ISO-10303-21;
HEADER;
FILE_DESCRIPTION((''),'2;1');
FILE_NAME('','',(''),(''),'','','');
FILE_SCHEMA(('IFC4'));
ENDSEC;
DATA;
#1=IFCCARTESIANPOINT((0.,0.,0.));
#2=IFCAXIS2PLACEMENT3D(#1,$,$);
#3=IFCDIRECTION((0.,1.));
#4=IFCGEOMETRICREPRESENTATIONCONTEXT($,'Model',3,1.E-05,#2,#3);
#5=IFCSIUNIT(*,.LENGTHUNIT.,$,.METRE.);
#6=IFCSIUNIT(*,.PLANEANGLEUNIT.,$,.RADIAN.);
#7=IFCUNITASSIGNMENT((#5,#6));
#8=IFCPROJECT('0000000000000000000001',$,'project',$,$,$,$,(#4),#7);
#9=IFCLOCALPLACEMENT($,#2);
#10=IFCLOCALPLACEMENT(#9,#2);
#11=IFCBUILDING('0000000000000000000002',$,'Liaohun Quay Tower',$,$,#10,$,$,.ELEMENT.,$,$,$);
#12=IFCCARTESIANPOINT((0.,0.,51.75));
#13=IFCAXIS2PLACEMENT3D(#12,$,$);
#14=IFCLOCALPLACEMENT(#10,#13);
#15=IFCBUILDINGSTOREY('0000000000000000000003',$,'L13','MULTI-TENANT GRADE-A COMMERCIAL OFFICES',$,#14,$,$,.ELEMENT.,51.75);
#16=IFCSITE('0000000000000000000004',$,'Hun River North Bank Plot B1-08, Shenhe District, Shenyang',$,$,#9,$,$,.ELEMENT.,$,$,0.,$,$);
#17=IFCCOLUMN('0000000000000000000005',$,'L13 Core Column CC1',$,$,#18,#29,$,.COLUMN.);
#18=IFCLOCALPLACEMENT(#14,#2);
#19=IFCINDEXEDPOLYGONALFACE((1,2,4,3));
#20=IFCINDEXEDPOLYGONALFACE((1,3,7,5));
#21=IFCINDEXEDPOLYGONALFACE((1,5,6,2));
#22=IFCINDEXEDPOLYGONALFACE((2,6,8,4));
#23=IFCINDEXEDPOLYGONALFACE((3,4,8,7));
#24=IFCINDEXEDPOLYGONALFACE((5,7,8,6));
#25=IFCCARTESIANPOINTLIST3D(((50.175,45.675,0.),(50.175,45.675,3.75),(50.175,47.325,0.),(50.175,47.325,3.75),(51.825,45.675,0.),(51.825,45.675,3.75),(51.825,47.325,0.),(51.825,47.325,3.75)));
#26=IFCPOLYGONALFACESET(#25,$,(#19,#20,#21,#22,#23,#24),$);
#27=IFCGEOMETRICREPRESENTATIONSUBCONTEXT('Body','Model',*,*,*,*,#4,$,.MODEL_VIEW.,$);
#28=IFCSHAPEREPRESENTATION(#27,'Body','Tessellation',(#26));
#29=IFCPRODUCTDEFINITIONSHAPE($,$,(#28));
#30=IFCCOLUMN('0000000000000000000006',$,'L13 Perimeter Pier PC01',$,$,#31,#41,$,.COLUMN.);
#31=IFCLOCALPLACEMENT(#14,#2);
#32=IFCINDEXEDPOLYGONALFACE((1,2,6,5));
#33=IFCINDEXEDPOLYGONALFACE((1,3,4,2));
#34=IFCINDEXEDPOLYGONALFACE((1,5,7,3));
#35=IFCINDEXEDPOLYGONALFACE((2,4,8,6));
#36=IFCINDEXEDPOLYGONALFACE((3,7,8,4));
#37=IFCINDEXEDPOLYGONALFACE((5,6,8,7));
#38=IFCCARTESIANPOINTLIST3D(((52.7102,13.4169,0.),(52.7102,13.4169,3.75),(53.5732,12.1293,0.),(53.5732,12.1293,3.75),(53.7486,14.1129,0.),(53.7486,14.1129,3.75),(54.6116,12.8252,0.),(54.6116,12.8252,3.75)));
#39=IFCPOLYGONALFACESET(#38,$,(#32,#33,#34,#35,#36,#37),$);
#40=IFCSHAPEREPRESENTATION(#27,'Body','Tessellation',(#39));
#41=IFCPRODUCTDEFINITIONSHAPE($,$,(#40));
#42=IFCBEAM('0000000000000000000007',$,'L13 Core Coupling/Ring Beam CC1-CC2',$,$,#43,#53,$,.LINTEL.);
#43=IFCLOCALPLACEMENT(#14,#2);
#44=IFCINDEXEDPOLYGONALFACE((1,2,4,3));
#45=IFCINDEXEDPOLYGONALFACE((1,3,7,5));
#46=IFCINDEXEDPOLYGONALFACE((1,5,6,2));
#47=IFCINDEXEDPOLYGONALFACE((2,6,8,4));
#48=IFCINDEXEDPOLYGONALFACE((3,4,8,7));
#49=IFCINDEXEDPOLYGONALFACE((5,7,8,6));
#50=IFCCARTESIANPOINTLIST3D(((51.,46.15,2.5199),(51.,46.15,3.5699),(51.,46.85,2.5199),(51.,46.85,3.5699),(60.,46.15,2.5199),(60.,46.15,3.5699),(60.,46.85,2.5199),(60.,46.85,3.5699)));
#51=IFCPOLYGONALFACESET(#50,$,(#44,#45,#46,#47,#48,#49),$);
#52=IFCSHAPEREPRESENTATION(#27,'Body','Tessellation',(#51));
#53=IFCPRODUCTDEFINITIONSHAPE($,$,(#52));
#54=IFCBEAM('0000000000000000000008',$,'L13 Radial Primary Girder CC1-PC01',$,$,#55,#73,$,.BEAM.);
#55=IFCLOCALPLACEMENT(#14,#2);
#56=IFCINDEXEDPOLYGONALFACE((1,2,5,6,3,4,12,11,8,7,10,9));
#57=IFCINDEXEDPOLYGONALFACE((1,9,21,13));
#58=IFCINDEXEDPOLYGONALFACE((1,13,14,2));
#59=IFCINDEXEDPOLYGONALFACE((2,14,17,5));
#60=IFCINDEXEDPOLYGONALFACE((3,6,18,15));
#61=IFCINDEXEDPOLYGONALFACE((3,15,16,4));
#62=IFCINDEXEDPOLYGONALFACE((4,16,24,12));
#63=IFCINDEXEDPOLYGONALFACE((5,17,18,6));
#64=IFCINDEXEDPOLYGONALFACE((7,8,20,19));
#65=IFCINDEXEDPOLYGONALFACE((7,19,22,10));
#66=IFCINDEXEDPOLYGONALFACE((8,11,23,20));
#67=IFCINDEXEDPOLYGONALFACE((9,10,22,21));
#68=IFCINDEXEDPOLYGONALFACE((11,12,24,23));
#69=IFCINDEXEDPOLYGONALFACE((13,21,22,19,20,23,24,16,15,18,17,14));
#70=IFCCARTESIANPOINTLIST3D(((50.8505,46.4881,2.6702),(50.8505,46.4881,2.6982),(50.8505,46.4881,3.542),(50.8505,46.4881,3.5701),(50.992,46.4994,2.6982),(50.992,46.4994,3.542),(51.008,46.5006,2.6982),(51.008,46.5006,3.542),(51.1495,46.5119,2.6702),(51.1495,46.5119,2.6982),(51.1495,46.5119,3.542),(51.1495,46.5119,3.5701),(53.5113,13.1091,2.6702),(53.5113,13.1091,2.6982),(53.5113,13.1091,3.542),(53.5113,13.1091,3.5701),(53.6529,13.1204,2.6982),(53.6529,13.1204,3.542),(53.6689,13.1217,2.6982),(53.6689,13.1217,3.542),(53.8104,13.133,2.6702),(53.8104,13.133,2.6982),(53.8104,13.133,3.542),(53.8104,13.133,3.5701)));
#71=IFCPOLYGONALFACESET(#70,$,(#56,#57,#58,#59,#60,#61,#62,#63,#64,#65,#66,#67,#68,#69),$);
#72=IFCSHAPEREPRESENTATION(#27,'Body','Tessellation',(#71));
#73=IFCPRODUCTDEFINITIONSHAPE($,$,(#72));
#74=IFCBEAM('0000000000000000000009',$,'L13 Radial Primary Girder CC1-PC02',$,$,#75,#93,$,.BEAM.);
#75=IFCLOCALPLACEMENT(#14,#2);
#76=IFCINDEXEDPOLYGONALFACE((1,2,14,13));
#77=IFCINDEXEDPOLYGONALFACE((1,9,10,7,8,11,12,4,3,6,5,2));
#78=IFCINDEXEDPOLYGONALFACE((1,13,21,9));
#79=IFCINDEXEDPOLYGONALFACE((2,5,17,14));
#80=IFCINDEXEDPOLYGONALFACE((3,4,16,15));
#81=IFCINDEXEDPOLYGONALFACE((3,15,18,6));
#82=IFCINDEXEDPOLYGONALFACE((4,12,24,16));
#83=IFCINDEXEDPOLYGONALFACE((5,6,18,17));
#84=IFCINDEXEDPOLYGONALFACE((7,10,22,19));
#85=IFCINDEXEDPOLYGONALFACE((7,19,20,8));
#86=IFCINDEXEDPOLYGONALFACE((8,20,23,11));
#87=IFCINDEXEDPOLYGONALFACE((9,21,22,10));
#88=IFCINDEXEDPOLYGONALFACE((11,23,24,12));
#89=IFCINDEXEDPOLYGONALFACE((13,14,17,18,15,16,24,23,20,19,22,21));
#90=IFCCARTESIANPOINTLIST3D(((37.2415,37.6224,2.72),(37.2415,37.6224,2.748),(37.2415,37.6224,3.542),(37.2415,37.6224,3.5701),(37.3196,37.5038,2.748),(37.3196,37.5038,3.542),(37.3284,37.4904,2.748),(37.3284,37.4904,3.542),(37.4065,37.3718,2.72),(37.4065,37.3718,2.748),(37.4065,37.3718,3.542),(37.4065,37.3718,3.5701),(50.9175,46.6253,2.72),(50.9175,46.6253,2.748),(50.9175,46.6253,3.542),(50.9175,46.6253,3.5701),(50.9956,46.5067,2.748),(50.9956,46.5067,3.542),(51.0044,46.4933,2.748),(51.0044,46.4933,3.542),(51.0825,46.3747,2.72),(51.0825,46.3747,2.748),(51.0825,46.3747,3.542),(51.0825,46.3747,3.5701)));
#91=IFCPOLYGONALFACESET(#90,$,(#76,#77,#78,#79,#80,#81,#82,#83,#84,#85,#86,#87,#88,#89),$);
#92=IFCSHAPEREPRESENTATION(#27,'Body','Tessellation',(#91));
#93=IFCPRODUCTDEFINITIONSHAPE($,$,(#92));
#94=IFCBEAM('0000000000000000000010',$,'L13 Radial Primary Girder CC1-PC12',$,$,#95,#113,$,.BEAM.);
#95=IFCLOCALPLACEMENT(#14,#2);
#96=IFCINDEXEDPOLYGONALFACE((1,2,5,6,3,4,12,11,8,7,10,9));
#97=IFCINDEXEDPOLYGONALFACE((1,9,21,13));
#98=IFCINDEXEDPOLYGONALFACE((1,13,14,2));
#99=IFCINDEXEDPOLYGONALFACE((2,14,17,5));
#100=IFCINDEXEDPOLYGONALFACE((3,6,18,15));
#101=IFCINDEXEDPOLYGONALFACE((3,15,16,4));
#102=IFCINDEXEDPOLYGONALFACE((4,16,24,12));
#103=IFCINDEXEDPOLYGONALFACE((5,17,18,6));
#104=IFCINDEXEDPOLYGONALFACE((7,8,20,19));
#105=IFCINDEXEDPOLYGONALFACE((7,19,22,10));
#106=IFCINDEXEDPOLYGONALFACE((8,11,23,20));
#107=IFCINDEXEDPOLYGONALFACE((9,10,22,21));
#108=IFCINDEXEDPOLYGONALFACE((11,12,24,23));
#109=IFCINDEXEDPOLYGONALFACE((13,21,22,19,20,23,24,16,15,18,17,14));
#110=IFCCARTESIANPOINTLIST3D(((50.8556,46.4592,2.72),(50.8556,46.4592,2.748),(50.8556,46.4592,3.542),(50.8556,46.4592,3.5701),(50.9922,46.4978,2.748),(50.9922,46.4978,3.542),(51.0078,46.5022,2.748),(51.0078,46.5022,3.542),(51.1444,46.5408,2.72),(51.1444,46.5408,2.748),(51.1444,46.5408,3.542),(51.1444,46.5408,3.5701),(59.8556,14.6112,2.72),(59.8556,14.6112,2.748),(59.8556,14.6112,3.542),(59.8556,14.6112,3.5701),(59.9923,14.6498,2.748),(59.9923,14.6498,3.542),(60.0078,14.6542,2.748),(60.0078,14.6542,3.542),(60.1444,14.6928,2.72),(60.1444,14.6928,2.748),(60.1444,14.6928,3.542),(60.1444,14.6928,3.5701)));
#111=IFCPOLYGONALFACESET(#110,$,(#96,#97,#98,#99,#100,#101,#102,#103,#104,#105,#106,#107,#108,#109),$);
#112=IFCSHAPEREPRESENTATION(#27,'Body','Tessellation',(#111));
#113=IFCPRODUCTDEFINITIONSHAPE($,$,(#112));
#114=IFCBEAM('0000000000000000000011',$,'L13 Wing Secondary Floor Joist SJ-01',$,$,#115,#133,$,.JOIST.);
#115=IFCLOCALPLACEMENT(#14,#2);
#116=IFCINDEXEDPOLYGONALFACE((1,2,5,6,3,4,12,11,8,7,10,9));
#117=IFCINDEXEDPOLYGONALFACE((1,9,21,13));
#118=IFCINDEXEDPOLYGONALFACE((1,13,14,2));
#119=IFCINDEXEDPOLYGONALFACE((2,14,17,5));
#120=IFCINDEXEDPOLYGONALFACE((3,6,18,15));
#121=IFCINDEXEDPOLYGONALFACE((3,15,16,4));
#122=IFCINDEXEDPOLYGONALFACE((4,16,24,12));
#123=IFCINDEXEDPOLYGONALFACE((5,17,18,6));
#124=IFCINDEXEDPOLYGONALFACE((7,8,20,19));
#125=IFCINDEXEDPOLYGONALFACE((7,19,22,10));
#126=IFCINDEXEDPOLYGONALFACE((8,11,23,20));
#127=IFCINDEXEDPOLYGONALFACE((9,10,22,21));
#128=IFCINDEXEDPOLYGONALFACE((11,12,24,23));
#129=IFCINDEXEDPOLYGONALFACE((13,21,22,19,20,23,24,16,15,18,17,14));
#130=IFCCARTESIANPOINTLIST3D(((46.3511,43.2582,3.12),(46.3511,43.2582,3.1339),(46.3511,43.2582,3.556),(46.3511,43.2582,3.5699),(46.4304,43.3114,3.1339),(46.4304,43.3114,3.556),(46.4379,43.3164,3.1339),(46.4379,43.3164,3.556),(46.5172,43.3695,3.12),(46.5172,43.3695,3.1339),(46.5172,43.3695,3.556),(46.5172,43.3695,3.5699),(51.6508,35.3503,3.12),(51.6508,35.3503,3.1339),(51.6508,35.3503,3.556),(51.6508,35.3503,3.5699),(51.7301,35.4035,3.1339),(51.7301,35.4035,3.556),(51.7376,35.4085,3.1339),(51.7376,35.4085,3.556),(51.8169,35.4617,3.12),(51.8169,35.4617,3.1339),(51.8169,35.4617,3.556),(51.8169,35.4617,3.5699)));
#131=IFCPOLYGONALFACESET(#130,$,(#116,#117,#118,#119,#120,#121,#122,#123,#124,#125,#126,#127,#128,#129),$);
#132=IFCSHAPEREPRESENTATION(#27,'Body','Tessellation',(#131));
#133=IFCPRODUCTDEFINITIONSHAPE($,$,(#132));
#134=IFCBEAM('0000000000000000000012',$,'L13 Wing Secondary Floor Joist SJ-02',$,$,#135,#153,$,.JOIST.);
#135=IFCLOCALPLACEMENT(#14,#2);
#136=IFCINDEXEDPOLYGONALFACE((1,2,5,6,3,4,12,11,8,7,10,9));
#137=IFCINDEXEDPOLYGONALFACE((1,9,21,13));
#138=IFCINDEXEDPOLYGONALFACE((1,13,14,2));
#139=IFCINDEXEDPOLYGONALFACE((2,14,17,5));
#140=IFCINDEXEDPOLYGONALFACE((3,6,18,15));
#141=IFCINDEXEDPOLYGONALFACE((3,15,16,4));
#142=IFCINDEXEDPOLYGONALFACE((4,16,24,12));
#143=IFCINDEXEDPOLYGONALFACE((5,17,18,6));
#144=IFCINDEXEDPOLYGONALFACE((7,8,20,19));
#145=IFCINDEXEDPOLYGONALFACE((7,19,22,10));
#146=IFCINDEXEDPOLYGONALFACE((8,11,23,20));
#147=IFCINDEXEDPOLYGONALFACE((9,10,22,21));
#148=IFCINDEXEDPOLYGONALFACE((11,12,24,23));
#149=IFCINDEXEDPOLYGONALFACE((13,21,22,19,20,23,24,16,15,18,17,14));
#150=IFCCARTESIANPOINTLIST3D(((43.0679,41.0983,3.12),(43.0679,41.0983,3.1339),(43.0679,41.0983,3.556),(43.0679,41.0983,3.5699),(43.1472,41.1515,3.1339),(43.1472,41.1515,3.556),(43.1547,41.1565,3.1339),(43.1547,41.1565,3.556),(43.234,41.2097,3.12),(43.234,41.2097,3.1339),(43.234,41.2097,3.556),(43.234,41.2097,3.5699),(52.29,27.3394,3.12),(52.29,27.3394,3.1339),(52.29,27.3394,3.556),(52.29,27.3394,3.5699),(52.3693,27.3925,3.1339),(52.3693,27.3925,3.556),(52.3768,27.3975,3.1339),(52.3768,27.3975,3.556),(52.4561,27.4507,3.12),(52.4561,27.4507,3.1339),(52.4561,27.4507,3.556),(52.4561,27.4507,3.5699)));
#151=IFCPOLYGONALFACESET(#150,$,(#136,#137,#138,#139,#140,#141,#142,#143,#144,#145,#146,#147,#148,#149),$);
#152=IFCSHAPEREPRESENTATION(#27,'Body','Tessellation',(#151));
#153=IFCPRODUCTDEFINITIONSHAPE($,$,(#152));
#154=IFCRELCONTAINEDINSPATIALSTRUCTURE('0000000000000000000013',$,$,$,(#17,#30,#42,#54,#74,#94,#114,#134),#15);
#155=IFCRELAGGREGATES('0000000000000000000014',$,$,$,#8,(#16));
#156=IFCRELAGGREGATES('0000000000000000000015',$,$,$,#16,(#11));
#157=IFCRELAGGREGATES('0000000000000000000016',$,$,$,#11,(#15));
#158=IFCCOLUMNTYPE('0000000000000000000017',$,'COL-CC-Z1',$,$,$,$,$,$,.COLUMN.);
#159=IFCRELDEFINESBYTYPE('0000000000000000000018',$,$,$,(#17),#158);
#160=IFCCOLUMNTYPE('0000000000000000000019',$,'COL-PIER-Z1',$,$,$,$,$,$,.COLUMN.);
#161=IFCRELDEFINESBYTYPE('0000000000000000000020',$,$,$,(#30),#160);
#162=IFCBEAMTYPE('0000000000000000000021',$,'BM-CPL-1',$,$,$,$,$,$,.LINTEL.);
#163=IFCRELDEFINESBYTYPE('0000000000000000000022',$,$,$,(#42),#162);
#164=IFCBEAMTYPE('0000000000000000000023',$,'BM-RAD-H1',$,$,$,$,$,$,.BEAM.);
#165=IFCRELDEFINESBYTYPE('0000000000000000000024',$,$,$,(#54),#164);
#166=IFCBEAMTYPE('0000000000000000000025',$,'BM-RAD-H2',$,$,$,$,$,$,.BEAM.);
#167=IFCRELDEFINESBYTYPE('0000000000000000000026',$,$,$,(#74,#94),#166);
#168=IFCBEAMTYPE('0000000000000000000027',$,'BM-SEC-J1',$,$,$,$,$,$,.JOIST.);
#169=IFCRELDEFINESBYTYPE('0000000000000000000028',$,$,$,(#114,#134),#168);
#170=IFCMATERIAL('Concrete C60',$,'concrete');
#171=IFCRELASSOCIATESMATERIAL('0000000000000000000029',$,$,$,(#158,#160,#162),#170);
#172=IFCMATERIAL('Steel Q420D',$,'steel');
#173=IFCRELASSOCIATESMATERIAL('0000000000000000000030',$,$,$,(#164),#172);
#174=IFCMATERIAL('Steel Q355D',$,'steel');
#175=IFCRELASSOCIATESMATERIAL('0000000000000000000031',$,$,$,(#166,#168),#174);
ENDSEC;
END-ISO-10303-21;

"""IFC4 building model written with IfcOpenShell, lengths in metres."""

from ifc_helpers import new_model, si_unit, direction, frame, origin, origin_2d, place, context, subcontext, project, spatial, rectangle, i_section, extrude, source, transform, mapped, material, material_profile, profile_set, type_object, element, save


model = new_model("IFC4")

# Units and contexts
model_context = context("Model", 3, precision=1e-05, world=origin(), true_north=direction((0.0, 1.0)))
body_context = subcontext(model_context, "Body", "Model", "MODEL_VIEW")
ifc_project = project(units=[si_unit("LENGTHUNIT", "METRE"), si_unit("PLANEANGLEUNIT", "RADIAN")], contexts=[model_context])

# Site, building, storey
site_placement = place(None, origin())
site = spatial("IfcSite", under=ifc_project, at=site_placement, Name="Hun River North Bank Plot B1-08, Shenhe District, Shenyang", CompositionType="ELEMENT", RefElevation=0.0)
building_placement = place(site_placement, origin())
building = spatial("IfcBuilding", under=site, at=building_placement, Name="Liaohun Quay Tower", CompositionType="ELEMENT")
storey_placement = place(building_placement, frame((0.0, 0.0, 51.75)))
storey = spatial("IfcBuildingStorey", under=building, at=storey_placement, Name="L13", Description="MULTI-TENANT GRADE-A COMMERCIAL OFFICES", CompositionType="ELEMENT", Elevation=51.75)

# Columns
ifc_material_1 = material(Name="Concrete C60", Category="concrete")
ifc_material_profile_1 = material_profile(ifc_material_1, rectangle(XDim=1.6499, YDim=1.6499, at=origin_2d()), Name="RC1650x1650")
ifc_profile_set_1 = profile_set([ifc_material_profile_1], Name="Concrete C60")
column_type_1 = type_object("IfcColumnType", Name="COL-CC-Z1", PredefinedType="COLUMN", material=ifc_profile_set_1)
shared_shape_1 = source(origin(), body_context, "Body", "SweptSolid", [
    extrude(rectangle(XDim=1.6499, YDim=1.6499, at=origin_2d()), origin(), (0.0, 0.0, 1.0), 3.75),
])
column_1_placement = place(storey_placement, frame((51.0, 46.5, 0.0), z_axis=(0.0, 0.0, 1.0), x_axis=(1.0, 0.0, 0.0)))
element("IfcColumn", 1, at=column_1_placement, inside=storey, type_object=column_type_1, Name="L13 Core Column CC1", PredefinedType="COLUMN", context=body_context, shape_type="MappedRepresentation", body=[
    mapped(shared_shape_1, transform((0.0, 0.0, 0.0), x_axis=(1.0, 0.0, 0.0), y_axis=(0.0, 1.0, 0.0), z_axis=(0.0, 0.0, 1.0), scale=1.0)),
])
ifc_material_profile_2 = material_profile(ifc_material_1, rectangle(XDim=1.55, YDim=1.25, at=origin_2d()), Name="RC1550x1250")
ifc_profile_set_2 = profile_set([ifc_material_profile_2], Name="Concrete C60")
column_type_2 = type_object("IfcColumnType", Name="COL-PIER-Z1", PredefinedType="COLUMN", material=ifc_profile_set_2)
shared_shape_2 = source(origin(), body_context, "Body", "SweptSolid", [
    extrude(rectangle(XDim=1.55, YDim=1.25, at=origin_2d()), origin(), (0.0, 0.0, 1.0), 3.75),
])
column_2_placement = place(storey_placement, frame((53.6609, 13.1211, 0.0), z_axis=(0.0, 0.0, 1.0), x_axis=(-0.556731, 0.830693, 0.0)))
element("IfcColumn", 2, at=column_2_placement, inside=storey, type_object=column_type_2, Name="L13 Perimeter Pier PC01", PredefinedType="COLUMN", context=body_context, shape_type="MappedRepresentation", body=[
    mapped(shared_shape_2, transform((0.0, 0.0, 0.0), x_axis=(1.0, 0.0, 0.0), y_axis=(0.0, 1.0, 0.0), z_axis=(0.0, 0.0, 1.0), scale=1.0)),
])

# Beams
ifc_material_profile_3 = material_profile(ifc_material_1, rectangle(XDim=0.7, YDim=1.05, at=origin_2d()), Name="RC700x1050")
ifc_profile_set_3 = profile_set([ifc_material_profile_3], Name="Concrete C60")
beam_type_1 = type_object("IfcBeamType", Name="BM-CPL-1", PredefinedType="LINTEL", material=ifc_profile_set_3)
shared_shape_3 = source(origin(), body_context, "Body", "SweptSolid", [
    extrude(rectangle(XDim=0.7, YDim=1.05, at=origin_2d()), origin(), (0.0, 0.0, 1.0), 9.0),
])
beam_1_placement = place(storey_placement, frame((51.0, 46.5, 3.0449), z_axis=(1.0, 0.0, 0.0), x_axis=(0.0, 1.0, 0.0)))
element("IfcBeam", 3, at=beam_1_placement, inside=storey, type_object=beam_type_1, Name="L13 Core Coupling/Ring Beam CC1-CC2", PredefinedType="LINTEL", context=body_context, shape_type="MappedRepresentation", body=[
    mapped(shared_shape_3, transform((0.0, 0.0, 0.0), x_axis=(1.0, 0.0, 0.0), y_axis=(0.0, 1.0, 0.0), z_axis=(0.0, 0.0, 1.0), scale=1.0)),
])
ifc_material_2 = material(Name="Steel Q420D", Category="steel")
ifc_material_profile_4 = material_profile(ifc_material_2, i_section(OverallWidth=0.3, OverallDepth=0.8999, WebThickness=0.0161, FlangeThickness=0.0281, at=origin_2d()), Name="HN900x300x16x28")
ifc_profile_set_4 = profile_set([ifc_material_profile_4], Name="Steel Q420D")
beam_type_2 = type_object("IfcBeamType", Name="BM-RAD-H1", PredefinedType="BEAM", material=ifc_profile_set_4)
shared_shape_4 = source(origin(), body_context, "Body", "SweptSolid", [
    extrude(i_section(OverallWidth=0.3, OverallDepth=0.8999, WebThickness=0.0161, FlangeThickness=0.0281, at=origin_2d()), origin(), (0.0, 0.0, 1.0), 33.4849),
])
beam_2_placement = place(storey_placement, frame((51.0, 46.5, 3.1201), z_axis=(0.079466, -0.996838, 0.0), x_axis=(0.996838, 0.079466, 0.0)))
element("IfcBeam", 4, at=beam_2_placement, inside=storey, type_object=beam_type_2, Name="L13 Radial Primary Girder CC1-PC01", PredefinedType="BEAM", context=body_context, shape_type="MappedRepresentation", body=[
    mapped(shared_shape_4, transform((0.0, 0.0, 0.0), x_axis=(1.0, 0.0, 0.0), y_axis=(0.0, 1.0, 0.0), z_axis=(0.0, 0.0, 1.0), scale=1.0)),
])
ifc_material_3 = material(Name="Steel Q355D", Category="steel")
ifc_material_profile_5 = material_profile(ifc_material_3, i_section(OverallWidth=0.3, OverallDepth=0.8501, WebThickness=0.0161, FlangeThickness=0.0281, at=origin_2d()), Name="HN850x300x16x28")
ifc_profile_set_5 = profile_set([ifc_material_profile_5], Name="Steel Q355D")
beam_type_3 = type_object("IfcBeamType", Name="BM-RAD-H2", PredefinedType="BEAM", material=ifc_profile_set_5)
shared_shape_5 = source(origin(), body_context, "Body", "SweptSolid", [
    extrude(i_section(OverallWidth=0.3, OverallDepth=0.8501, WebThickness=0.0161, FlangeThickness=0.0281, at=origin_2d()), origin(), (0.0, 0.0, 1.0), 16.3733),
])
beam_3_placement = place(storey_placement, frame((51.0, 46.5, 3.145), z_axis=(-0.835262, -0.549853, 0.0), x_axis=(0.549853, -0.835262, 0.0)))
element("IfcBeam", 5, at=beam_3_placement, inside=storey, type_object=beam_type_3, Name="L13 Radial Primary Girder CC1-PC02", PredefinedType="BEAM", context=body_context, shape_type="MappedRepresentation", body=[
    mapped(shared_shape_5, transform((0.0, 0.0, 0.0), x_axis=(1.0, 0.0, 0.0), y_axis=(0.0, 1.0, 0.0), z_axis=(0.0, 0.0, 1.0), scale=1.0)),
])
shared_shape_6 = source(origin(), body_context, "Body", "SweptSolid", [
    extrude(i_section(OverallWidth=0.3, OverallDepth=0.8501, WebThickness=0.0161, FlangeThickness=0.0281, at=origin_2d()), origin(), (0.0, 0.0, 1.0), 33.0952),
])
beam_4_placement = place(storey_placement, frame((51.0, 46.5, 3.145), z_axis=(0.271943, -0.962313, 0.0), x_axis=(0.962313, 0.271943, 0.0)))
element("IfcBeam", 6, at=beam_4_placement, inside=storey, type_object=beam_type_3, Name="L13 Radial Primary Girder CC1-PC12", PredefinedType="BEAM", context=body_context, shape_type="MappedRepresentation", body=[
    mapped(shared_shape_6, transform((0.0, 0.0, 0.0), x_axis=(1.0, 0.0, 0.0), y_axis=(0.0, 1.0, 0.0), z_axis=(0.0, 0.0, 1.0), scale=1.0)),
])
ifc_material_profile_6 = material_profile(ifc_material_3, i_section(OverallWidth=0.2, OverallDepth=0.45, WebThickness=0.009, FlangeThickness=0.0139, at=origin_2d()), Name="HN450x200x9x14")
ifc_profile_set_6 = profile_set([ifc_material_profile_6], Name="Steel Q355D")
beam_type_4 = type_object("IfcBeamType", Name="BM-SEC-J1", PredefinedType="JOIST", material=ifc_profile_set_6)
shared_shape_7 = source(origin(), body_context, "Body", "SweptSolid", [
    extrude(i_section(OverallWidth=0.2, OverallDepth=0.45, WebThickness=0.009, FlangeThickness=0.0139, at=origin_2d()), origin(), (0.0, 0.0, 1.0), 9.5195),
])
beam_5_placement = place(storey_placement, frame((51.7339, 35.406, 3.345), z_axis=(-0.556723, 0.830698, 0.0), x_axis=(-0.830698, -0.556723, 0.0)))
element("IfcBeam", 7, at=beam_5_placement, inside=storey, type_object=beam_type_4, Name="L13 Wing Secondary Floor Joist SJ-01", PredefinedType="JOIST", context=body_context, shape_type="MappedRepresentation", body=[
    mapped(shared_shape_7, transform((0.0, 0.0, 0.0), x_axis=(1.0, 0.0, 0.0), y_axis=(0.0, 1.0, 0.0), z_axis=(0.0, 0.0, 1.0), scale=1.0)),
])
shared_shape_8 = source(origin(), body_context, "Body", "SweptSolid", [
    extrude(i_section(OverallWidth=0.2, OverallDepth=0.45, WebThickness=0.009, FlangeThickness=0.0139, at=origin_2d()), origin(), (0.0, 0.0, 1.0), 16.5637),
])
beam_6_placement = place(storey_placement, frame((52.373, 27.395, 3.345), z_axis=(-0.556767, 0.830669, 0.0), x_axis=(-0.830669, -0.556767, 0.0)))
element("IfcBeam", 8, at=beam_6_placement, inside=storey, type_object=beam_type_4, Name="L13 Wing Secondary Floor Joist SJ-02", PredefinedType="JOIST", context=body_context, shape_type="MappedRepresentation", body=[
    mapped(shared_shape_8, transform((0.0, 0.0, 0.0), x_axis=(1.0, 0.0, 0.0), y_axis=(0.0, 1.0, 0.0), z_axis=(0.0, 0.0, 1.0), scale=1.0)),
])

save(model, "model.ifc")
